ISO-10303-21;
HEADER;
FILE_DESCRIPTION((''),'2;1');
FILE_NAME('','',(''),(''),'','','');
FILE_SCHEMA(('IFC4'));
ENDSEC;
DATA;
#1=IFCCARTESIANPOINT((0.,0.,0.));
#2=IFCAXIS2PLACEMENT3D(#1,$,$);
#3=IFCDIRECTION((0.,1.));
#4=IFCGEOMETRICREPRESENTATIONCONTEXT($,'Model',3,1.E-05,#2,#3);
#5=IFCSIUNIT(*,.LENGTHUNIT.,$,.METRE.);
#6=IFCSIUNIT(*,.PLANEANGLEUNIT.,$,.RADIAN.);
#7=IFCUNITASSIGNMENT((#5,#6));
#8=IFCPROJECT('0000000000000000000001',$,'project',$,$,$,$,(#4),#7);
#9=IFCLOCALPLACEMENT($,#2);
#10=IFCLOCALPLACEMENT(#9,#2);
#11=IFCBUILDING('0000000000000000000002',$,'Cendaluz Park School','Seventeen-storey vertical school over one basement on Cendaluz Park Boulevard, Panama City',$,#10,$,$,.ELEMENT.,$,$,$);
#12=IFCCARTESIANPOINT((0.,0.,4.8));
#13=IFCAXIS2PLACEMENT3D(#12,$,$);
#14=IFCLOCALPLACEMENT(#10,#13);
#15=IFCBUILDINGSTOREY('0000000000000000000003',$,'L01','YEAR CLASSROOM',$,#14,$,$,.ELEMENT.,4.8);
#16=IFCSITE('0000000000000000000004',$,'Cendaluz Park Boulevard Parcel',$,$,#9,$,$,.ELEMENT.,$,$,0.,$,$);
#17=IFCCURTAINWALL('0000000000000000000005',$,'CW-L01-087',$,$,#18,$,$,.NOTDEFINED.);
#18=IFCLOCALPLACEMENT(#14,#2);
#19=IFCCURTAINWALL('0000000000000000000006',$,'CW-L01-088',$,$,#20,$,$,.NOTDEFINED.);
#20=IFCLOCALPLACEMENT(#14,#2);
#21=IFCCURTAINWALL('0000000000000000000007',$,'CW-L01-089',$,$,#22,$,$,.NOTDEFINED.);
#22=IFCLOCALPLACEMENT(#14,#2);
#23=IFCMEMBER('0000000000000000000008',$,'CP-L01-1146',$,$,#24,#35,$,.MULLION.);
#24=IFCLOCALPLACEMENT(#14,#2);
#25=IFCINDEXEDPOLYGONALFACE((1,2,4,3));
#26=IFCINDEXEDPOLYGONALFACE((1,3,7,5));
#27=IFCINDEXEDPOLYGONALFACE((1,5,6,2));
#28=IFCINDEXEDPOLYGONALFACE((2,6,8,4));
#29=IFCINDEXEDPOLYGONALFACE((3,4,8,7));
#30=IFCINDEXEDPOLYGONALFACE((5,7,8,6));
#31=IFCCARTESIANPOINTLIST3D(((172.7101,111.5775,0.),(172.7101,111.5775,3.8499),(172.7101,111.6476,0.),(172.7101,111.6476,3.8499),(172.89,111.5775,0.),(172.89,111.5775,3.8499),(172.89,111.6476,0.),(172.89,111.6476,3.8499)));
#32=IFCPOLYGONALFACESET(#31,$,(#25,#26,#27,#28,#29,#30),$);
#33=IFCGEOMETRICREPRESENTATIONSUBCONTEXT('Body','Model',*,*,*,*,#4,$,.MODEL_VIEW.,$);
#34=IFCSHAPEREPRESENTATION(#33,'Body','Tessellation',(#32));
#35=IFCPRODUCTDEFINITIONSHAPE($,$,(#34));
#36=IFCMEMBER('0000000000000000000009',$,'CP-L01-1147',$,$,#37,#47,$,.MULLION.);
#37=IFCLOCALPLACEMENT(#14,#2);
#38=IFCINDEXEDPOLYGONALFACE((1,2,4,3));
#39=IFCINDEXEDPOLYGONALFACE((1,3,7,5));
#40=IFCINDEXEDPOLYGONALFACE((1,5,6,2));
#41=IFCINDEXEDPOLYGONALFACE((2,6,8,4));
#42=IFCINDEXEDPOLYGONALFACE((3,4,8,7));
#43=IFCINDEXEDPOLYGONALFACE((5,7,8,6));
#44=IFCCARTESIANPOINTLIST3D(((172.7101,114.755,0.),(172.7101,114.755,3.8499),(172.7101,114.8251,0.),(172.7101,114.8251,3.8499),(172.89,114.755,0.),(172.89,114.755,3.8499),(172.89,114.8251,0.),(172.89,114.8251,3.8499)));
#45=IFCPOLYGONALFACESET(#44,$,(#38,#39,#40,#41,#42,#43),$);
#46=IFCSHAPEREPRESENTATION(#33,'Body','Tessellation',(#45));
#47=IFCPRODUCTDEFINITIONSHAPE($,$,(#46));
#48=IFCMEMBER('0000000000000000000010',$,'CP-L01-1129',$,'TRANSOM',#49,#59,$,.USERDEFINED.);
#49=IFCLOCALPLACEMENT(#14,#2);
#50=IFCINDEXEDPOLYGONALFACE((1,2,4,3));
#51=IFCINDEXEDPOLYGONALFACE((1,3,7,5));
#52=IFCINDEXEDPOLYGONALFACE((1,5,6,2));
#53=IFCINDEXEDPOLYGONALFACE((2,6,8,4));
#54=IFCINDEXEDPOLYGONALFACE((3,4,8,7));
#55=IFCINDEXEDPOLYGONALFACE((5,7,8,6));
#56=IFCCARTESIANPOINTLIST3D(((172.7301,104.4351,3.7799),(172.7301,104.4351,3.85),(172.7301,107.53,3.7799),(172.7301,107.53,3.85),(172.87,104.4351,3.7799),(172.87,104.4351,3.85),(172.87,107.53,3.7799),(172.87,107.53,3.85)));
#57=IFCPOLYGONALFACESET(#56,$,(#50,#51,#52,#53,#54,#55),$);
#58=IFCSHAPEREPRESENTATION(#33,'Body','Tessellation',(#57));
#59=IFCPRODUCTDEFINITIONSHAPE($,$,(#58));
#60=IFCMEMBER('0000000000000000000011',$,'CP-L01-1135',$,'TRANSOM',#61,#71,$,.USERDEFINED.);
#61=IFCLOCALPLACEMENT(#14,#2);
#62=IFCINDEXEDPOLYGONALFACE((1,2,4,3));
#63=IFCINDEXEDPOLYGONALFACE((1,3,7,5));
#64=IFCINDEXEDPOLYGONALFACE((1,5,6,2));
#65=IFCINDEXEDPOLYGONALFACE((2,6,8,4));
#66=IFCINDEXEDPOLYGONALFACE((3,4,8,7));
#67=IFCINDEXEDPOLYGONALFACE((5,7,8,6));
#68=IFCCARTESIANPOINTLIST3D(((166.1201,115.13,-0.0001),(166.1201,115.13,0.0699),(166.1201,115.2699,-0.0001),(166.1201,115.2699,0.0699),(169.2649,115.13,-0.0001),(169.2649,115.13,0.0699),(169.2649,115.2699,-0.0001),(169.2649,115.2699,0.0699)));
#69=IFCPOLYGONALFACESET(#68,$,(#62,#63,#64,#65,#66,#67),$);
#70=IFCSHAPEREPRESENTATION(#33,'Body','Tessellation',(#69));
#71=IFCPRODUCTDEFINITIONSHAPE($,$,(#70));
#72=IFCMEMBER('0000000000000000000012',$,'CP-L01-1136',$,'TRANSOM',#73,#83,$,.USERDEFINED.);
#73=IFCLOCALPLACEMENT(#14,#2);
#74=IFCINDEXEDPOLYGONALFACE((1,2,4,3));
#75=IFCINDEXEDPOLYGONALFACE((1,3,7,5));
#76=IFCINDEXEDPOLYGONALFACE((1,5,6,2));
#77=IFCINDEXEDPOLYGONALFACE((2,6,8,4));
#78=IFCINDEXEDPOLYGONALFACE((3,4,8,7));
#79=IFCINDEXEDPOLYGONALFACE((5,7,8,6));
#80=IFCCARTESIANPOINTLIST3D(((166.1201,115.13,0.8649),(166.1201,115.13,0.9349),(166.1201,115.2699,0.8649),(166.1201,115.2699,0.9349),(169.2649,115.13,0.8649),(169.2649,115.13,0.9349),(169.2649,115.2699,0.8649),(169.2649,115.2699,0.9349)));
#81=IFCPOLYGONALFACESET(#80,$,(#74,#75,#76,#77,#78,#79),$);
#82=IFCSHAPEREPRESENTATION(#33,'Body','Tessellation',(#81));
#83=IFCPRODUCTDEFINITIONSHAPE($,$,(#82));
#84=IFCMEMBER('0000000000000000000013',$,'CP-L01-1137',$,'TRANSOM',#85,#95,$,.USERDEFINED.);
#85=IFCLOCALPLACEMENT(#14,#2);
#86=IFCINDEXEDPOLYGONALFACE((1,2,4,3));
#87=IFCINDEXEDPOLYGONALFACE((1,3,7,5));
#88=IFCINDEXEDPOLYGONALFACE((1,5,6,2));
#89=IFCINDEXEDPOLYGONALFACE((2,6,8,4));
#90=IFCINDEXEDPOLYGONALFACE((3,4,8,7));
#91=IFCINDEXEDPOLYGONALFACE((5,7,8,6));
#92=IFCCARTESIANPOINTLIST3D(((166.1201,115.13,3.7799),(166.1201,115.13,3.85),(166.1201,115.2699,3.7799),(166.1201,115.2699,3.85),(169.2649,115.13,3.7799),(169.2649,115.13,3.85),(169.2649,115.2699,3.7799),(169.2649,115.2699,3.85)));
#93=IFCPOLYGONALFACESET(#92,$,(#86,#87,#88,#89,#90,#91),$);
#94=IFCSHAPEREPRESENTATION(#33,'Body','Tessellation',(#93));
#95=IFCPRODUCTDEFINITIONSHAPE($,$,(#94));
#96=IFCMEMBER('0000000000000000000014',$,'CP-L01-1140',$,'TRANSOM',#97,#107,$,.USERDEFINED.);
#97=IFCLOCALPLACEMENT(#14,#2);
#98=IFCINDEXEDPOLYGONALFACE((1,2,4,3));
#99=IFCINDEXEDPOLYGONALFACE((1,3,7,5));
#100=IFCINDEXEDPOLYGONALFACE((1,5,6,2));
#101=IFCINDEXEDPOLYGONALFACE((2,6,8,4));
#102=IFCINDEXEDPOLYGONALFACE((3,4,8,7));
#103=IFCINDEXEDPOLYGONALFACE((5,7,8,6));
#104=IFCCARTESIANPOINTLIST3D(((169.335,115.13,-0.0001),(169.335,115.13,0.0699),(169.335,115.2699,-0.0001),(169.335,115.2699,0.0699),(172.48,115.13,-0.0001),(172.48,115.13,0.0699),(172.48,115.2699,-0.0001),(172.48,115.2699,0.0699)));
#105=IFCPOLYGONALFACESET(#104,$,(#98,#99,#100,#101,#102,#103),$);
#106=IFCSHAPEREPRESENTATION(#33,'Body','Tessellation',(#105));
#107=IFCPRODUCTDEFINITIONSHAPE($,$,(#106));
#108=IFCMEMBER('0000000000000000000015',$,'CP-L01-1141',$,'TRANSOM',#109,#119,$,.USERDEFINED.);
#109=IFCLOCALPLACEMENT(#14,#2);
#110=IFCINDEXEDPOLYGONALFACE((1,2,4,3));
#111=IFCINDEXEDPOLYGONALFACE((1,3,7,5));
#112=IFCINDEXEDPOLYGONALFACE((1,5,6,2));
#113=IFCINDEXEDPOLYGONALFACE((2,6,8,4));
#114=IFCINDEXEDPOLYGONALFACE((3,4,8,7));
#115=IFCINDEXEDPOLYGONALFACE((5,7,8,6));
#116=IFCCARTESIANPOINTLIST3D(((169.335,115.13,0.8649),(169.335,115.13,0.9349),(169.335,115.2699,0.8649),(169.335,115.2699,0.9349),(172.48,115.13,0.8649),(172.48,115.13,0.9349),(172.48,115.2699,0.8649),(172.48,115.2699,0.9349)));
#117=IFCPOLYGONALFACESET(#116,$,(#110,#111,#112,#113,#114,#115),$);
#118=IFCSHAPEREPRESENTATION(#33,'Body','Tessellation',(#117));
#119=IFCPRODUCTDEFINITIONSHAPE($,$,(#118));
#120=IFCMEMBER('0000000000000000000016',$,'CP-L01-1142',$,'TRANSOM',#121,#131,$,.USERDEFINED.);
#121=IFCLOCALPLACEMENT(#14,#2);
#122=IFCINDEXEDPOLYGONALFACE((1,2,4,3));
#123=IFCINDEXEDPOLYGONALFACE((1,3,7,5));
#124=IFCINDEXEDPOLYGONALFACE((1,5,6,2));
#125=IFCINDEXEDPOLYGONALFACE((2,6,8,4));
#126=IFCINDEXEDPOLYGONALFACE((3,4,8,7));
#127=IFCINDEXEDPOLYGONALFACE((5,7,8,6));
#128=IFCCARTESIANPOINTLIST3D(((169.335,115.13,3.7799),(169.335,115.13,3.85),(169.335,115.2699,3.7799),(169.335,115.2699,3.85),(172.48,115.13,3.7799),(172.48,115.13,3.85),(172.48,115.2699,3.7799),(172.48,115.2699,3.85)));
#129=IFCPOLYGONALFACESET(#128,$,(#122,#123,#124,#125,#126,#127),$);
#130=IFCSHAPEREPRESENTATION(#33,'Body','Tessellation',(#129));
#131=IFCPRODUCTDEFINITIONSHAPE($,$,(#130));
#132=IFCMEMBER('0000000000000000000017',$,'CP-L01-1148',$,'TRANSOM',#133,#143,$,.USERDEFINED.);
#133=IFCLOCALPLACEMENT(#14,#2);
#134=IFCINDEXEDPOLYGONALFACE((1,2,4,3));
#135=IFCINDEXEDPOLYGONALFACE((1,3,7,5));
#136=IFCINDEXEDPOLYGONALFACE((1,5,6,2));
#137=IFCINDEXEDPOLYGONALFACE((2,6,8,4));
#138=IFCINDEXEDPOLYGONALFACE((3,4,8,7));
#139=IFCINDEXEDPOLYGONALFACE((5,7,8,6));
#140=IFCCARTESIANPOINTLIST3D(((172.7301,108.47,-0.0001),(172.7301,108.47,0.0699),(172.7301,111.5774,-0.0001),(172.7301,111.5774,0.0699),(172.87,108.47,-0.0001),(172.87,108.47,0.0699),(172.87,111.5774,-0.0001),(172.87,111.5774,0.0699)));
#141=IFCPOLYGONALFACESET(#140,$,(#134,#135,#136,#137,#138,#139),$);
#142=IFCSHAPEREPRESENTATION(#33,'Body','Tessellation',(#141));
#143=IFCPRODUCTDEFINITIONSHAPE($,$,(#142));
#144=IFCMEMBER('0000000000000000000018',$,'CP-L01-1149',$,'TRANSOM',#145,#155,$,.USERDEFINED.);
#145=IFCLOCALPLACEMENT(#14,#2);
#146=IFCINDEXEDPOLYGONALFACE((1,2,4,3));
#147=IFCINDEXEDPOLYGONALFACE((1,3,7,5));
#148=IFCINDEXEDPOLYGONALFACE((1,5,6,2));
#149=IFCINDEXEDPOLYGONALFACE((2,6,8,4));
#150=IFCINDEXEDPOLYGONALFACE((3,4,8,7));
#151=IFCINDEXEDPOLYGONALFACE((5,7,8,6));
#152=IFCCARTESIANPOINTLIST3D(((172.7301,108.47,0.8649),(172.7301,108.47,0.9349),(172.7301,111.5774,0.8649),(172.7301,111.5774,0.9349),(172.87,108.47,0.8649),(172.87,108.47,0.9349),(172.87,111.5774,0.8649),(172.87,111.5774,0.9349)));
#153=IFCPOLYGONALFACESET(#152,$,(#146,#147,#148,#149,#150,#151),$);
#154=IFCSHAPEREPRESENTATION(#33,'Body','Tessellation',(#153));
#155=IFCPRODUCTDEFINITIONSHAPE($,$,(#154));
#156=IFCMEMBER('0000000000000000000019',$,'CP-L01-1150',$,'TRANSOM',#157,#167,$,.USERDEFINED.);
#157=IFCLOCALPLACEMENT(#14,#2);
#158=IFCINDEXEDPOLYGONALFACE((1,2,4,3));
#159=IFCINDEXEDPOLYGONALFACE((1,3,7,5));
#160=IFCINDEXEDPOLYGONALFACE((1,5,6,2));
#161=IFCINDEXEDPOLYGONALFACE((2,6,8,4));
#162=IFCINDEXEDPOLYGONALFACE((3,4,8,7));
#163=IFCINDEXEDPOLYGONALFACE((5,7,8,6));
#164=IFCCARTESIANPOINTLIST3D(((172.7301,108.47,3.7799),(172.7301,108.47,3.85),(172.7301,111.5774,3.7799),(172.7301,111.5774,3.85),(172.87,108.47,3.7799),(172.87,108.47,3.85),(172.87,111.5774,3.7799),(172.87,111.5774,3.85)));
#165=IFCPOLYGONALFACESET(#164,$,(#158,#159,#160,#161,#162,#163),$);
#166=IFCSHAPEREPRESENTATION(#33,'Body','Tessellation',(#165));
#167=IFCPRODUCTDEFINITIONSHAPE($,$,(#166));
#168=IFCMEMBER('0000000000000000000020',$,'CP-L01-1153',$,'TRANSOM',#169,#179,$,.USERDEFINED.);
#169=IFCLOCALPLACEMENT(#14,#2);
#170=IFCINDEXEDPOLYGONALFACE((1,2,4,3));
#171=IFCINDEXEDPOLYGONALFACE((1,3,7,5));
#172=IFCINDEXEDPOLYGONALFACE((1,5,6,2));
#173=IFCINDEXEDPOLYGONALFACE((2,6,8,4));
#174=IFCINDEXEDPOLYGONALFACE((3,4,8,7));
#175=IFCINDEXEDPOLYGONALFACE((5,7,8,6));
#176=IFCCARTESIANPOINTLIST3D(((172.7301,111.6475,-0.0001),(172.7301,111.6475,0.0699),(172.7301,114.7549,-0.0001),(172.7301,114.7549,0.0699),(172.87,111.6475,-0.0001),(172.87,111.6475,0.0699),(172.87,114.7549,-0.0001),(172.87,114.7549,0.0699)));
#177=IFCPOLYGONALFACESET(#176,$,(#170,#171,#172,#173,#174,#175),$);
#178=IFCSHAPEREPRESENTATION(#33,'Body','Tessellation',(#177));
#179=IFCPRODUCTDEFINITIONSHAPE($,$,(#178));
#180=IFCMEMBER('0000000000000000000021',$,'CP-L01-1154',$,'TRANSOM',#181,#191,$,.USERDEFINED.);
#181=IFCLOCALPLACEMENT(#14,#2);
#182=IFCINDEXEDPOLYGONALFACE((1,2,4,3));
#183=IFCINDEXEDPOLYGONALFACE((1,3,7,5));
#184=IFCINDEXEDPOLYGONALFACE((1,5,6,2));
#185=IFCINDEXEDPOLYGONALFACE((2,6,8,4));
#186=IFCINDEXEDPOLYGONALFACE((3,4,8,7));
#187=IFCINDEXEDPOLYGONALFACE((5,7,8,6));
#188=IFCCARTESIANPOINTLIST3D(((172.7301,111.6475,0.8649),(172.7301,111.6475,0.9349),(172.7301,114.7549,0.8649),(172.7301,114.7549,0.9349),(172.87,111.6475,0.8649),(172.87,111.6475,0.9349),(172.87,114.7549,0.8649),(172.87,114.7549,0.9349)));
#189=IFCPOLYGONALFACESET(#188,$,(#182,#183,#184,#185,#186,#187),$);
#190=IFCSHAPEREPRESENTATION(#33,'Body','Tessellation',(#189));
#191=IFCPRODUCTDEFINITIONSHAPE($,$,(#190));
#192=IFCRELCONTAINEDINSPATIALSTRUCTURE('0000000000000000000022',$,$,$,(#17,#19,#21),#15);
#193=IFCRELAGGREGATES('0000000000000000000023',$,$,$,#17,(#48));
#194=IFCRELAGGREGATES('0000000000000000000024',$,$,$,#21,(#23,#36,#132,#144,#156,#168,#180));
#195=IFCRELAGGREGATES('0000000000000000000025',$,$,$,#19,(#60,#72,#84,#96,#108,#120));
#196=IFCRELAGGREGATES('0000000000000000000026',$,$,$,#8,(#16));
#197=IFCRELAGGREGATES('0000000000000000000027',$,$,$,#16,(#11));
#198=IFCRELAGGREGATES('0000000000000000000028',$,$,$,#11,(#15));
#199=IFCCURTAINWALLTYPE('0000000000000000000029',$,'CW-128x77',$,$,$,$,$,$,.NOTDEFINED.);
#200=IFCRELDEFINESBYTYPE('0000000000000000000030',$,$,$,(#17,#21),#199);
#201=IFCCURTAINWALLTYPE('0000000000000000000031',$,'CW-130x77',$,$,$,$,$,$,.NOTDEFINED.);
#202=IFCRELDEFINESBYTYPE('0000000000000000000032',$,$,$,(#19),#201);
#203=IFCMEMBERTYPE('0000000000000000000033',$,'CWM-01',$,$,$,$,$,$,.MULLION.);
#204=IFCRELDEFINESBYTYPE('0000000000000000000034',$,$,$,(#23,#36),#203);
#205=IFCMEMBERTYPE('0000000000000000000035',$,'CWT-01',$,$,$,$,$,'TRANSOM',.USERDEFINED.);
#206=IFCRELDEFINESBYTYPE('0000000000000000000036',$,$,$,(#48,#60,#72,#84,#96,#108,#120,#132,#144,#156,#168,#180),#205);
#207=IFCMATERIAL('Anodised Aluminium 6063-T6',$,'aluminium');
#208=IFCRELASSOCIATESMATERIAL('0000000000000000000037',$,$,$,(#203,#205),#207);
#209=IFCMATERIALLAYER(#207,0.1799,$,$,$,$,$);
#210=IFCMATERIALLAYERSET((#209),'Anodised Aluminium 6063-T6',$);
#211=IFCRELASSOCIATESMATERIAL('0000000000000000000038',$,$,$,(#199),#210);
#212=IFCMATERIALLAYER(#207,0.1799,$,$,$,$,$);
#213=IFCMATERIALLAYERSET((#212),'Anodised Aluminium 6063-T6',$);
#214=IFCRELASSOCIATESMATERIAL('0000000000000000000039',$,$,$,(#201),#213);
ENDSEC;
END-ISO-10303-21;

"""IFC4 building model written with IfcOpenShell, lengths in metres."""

from ifc_helpers import new_model, si_unit, direction, frame, origin, origin_2d, place, context, subcontext, project, spatial, rectangle, extrude, material, layer, layer_set, material_profile, profile_set, type_object, element, aggregate, save


model = new_model("IFC4")

# Units and contexts
model_context = context("Model", 3, precision=1e-05, world=origin(), true_north=direction((0.0, 1.0)))
body_context = subcontext(model_context, "Body", "Model", "MODEL_VIEW")
ifc_project = project(units=[si_unit("LENGTHUNIT", "METRE"), si_unit("PLANEANGLEUNIT", "RADIAN")], contexts=[model_context])

# Site, building, storey
site_placement = place(None, origin())
site = spatial("IfcSite", under=ifc_project, at=site_placement, Name="Cendaluz Park Boulevard Parcel", CompositionType="ELEMENT", RefElevation=0.0)
building_placement = place(site_placement, origin())
building = spatial("IfcBuilding", under=site, at=building_placement, Name="Cendaluz Park School", Description="Seventeen-storey vertical school over one basement on Cendaluz Park Boulevard, Panama City", CompositionType="ELEMENT")
storey_placement = place(building_placement, frame((0.0, 0.0, 4.8)))
storey = spatial("IfcBuildingStorey", under=building, at=storey_placement, Name="L01", Description="YEAR CLASSROOM", CompositionType="ELEMENT", Elevation=4.8)

# Curtain wall
ifc_material_1 = material(Name="Anodised Aluminium 6063-T6", Category="aluminium")
ifc_material_profile_1 = material_profile(ifc_material_1, rectangle(XDim=0.1799, YDim=0.0701, at=origin_2d()), Name="CWM 180x70", Category="aluminium")
ifc_profile_set_1 = profile_set([ifc_material_profile_1], Name="Anodised Aluminium 6063-T6")
member_type_1 = type_object("IfcMemberType", Name="CWM-01", PredefinedType="MULLION", material=ifc_profile_set_1)
ifc_layer_1 = layer(ifc_material_1, 0.1799)
ifc_layer_set_1 = layer_set([ifc_layer_1], Name="Anodised Aluminium 6063-T6")
curtain_wall_type_1 = type_object("IfcCurtainWallType", Name="CW-128x77", PredefinedType="NOTDEFINED", material=ifc_layer_set_1)
curtain_wall_1_placement = place(storey_placement, origin())
curtain_wall_1 = element("IfcCurtainWall", 1, at=curtain_wall_1_placement, inside=storey, type_object=curtain_wall_type_1, Name="CW-L01-087", PredefinedType="NOTDEFINED")

# Curtain walls, members
ifc_layer_2 = layer(ifc_material_1, 0.1799)
ifc_layer_set_2 = layer_set([ifc_layer_2], Name="Anodised Aluminium 6063-T6")
curtain_wall_type_2 = type_object("IfcCurtainWallType", Name="CW-130x77", PredefinedType="NOTDEFINED", material=ifc_layer_set_2)
curtain_wall_2_placement = place(storey_placement, origin())
curtain_wall_2 = element("IfcCurtainWall", 2, at=curtain_wall_2_placement, inside=storey, type_object=curtain_wall_type_2, Name="CW-L01-088", PredefinedType="NOTDEFINED")
curtain_wall_3_placement = place(storey_placement, origin())
curtain_wall_3 = element("IfcCurtainWall", 3, at=curtain_wall_3_placement, inside=storey, type_object=curtain_wall_type_1, Name="CW-L01-089", PredefinedType="NOTDEFINED")
member_1_placement = place(storey_placement, frame((172.8, 111.6125, 0.0), z_axis=(0.0, 0.0, 1.0), x_axis=(-1.0, 0.0, 0.0)))
member_1 = element("IfcMember", 4, at=member_1_placement, type_object=member_type_1, Name="CP-L01-1146", PredefinedType="MULLION", context=body_context, shape_type="SweptSolid", body=[
    extrude(rectangle(XDim=0.1799, YDim=0.0701, at=origin_2d()), origin(), (0.0, 0.0, 1.0), 3.8499),
])
member_2_placement = place(storey_placement, frame((172.8, 114.79, 0.0), z_axis=(0.0, 0.0, 1.0), x_axis=(-1.0, 0.0, 0.0)))
member_2 = element("IfcMember", 5, at=member_2_placement, type_object=member_type_1, Name="CP-L01-1147", PredefinedType="MULLION", context=body_context, shape_type="SweptSolid", body=[
    extrude(rectangle(XDim=0.1799, YDim=0.0701, at=origin_2d()), origin(), (0.0, 0.0, 1.0), 3.8499),
])

# Members
ifc_material_profile_2 = material_profile(ifc_material_1, rectangle(XDim=0.1399, YDim=0.0701, at=origin_2d()), Name="CWT 140x70", Category="aluminium")
ifc_profile_set_2 = profile_set([ifc_material_profile_2], Name="Anodised Aluminium 6063-T6")
member_type_2 = type_object("IfcMemberType", Name="CWT-01", ElementType="TRANSOM", PredefinedType="USERDEFINED", material=ifc_profile_set_2)
member_3_placement = place(storey_placement, frame((172.8, 104.4351, 3.8149), z_axis=(0.0, 1.0, 0.0), x_axis=(-1.0, 0.0, 0.0)))
member_3 = element("IfcMember", 6, at=member_3_placement, type_object=member_type_2, Name="CP-L01-1129", ObjectType="TRANSOM", PredefinedType="USERDEFINED", context=body_context, shape_type="SweptSolid", body=[
    extrude(rectangle(XDim=0.1399, YDim=0.0701, at=origin_2d()), origin(), (0.0, 0.0, 1.0), 3.095),
])
member_4_placement = place(storey_placement, frame((166.1201, 115.2, 0.0349), z_axis=(1.0, 0.0, 0.0), x_axis=(0.0, 1.0, 0.0)))
member_4 = element("IfcMember", 7, at=member_4_placement, type_object=member_type_2, Name="CP-L01-1135", ObjectType="TRANSOM", PredefinedType="USERDEFINED", context=body_context, shape_type="SweptSolid", body=[
    extrude(rectangle(XDim=0.1399, YDim=0.0701, at=origin_2d()), origin(), (0.0, 0.0, 1.0), 3.1448),
])
member_5_placement = place(storey_placement, frame((166.1201, 115.2, 0.8999), z_axis=(1.0, 0.0, 0.0), x_axis=(0.0, 1.0, 0.0)))
member_5 = element("IfcMember", 8, at=member_5_placement, type_object=member_type_2, Name="CP-L01-1136", ObjectType="TRANSOM", PredefinedType="USERDEFINED", context=body_context, shape_type="SweptSolid", body=[
    extrude(rectangle(XDim=0.1399, YDim=0.0701, at=origin_2d()), origin(), (0.0, 0.0, 1.0), 3.1448),
])
member_6_placement = place(storey_placement, frame((166.1201, 115.2, 3.8149), z_axis=(1.0, 0.0, 0.0), x_axis=(0.0, 1.0, 0.0)))
member_6 = element("IfcMember", 9, at=member_6_placement, type_object=member_type_2, Name="CP-L01-1137", ObjectType="TRANSOM", PredefinedType="USERDEFINED", context=body_context, shape_type="SweptSolid", body=[
    extrude(rectangle(XDim=0.1399, YDim=0.0701, at=origin_2d()), origin(), (0.0, 0.0, 1.0), 3.1448),
])
member_7_placement = place(storey_placement, frame((169.335, 115.2, 0.0349), z_axis=(1.0, 0.0, 0.0), x_axis=(0.0, 1.0, 0.0)))
member_7 = element("IfcMember", 10, at=member_7_placement, type_object=member_type_2, Name="CP-L01-1140", ObjectType="TRANSOM", PredefinedType="USERDEFINED", context=body_context, shape_type="SweptSolid", body=[
    extrude(rectangle(XDim=0.1399, YDim=0.0701, at=origin_2d()), origin(), (0.0, 0.0, 1.0), 3.145),
])
member_8_placement = place(storey_placement, frame((169.335, 115.2, 0.8999), z_axis=(1.0, 0.0, 0.0), x_axis=(0.0, 1.0, 0.0)))
member_8 = element("IfcMember", 11, at=member_8_placement, type_object=member_type_2, Name="CP-L01-1141", ObjectType="TRANSOM", PredefinedType="USERDEFINED", context=body_context, shape_type="SweptSolid", body=[
    extrude(rectangle(XDim=0.1399, YDim=0.0701, at=origin_2d()), origin(), (0.0, 0.0, 1.0), 3.145),
])
member_9_placement = place(storey_placement, frame((169.335, 115.2, 3.8149), z_axis=(1.0, 0.0, 0.0), x_axis=(0.0, 1.0, 0.0)))
member_9 = element("IfcMember", 12, at=member_9_placement, type_object=member_type_2, Name="CP-L01-1142", ObjectType="TRANSOM", PredefinedType="USERDEFINED", context=body_context, shape_type="SweptSolid", body=[
    extrude(rectangle(XDim=0.1399, YDim=0.0701, at=origin_2d()), origin(), (0.0, 0.0, 1.0), 3.145),
])
member_10_placement = place(storey_placement, frame((172.8, 108.47, 0.0349), z_axis=(0.0, 1.0, 0.0), x_axis=(-1.0, 0.0, 0.0)))
member_10 = element("IfcMember", 13, at=member_10_placement, type_object=member_type_2, Name="CP-L01-1148", ObjectType="TRANSOM", PredefinedType="USERDEFINED", context=body_context, shape_type="SweptSolid", body=[
    extrude(rectangle(XDim=0.1399, YDim=0.0701, at=origin_2d()), origin(), (0.0, 0.0, 1.0), 3.1074),
])
member_11_placement = place(storey_placement, frame((172.8, 108.47, 0.8999), z_axis=(0.0, 1.0, 0.0), x_axis=(-1.0, 0.0, 0.0)))
member_11 = element("IfcMember", 14, at=member_11_placement, type_object=member_type_2, Name="CP-L01-1149", ObjectType="TRANSOM", PredefinedType="USERDEFINED", context=body_context, shape_type="SweptSolid", body=[
    extrude(rectangle(XDim=0.1399, YDim=0.0701, at=origin_2d()), origin(), (0.0, 0.0, 1.0), 3.1074),
])
member_12_placement = place(storey_placement, frame((172.8, 108.47, 3.8149), z_axis=(0.0, 1.0, 0.0), x_axis=(-1.0, 0.0, 0.0)))
member_12 = element("IfcMember", 15, at=member_12_placement, type_object=member_type_2, Name="CP-L01-1150", ObjectType="TRANSOM", PredefinedType="USERDEFINED", context=body_context, shape_type="SweptSolid", body=[
    extrude(rectangle(XDim=0.1399, YDim=0.0701, at=origin_2d()), origin(), (0.0, 0.0, 1.0), 3.1074),
])
member_13_placement = place(storey_placement, frame((172.8, 111.6475, 0.0349), z_axis=(0.0, 1.0, 0.0), x_axis=(-1.0, 0.0, 0.0)))
member_13 = element("IfcMember", 16, at=member_13_placement, type_object=member_type_2, Name="CP-L01-1153", ObjectType="TRANSOM", PredefinedType="USERDEFINED", context=body_context, shape_type="SweptSolid", body=[
    extrude(rectangle(XDim=0.1399, YDim=0.0701, at=origin_2d()), origin(), (0.0, 0.0, 1.0), 3.1074),
])
member_14_placement = place(storey_placement, frame((172.8, 111.6475, 0.8999), z_axis=(0.0, 1.0, 0.0), x_axis=(-1.0, 0.0, 0.0)))
member_14 = element("IfcMember", 17, at=member_14_placement, type_object=member_type_2, Name="CP-L01-1154", ObjectType="TRANSOM", PredefinedType="USERDEFINED", context=body_context, shape_type="SweptSolid", body=[
    extrude(rectangle(XDim=0.1399, YDim=0.0701, at=origin_2d()), origin(), (0.0, 0.0, 1.0), 3.1074),
])

aggregate(curtain_wall_1, [member_3])
aggregate(curtain_wall_3, [member_1, member_2, member_10, member_11, member_12, member_13, member_14])
aggregate(curtain_wall_2, [member_4, member_5, member_6, member_7, member_8, member_9])

save(model, "model.ifc")
